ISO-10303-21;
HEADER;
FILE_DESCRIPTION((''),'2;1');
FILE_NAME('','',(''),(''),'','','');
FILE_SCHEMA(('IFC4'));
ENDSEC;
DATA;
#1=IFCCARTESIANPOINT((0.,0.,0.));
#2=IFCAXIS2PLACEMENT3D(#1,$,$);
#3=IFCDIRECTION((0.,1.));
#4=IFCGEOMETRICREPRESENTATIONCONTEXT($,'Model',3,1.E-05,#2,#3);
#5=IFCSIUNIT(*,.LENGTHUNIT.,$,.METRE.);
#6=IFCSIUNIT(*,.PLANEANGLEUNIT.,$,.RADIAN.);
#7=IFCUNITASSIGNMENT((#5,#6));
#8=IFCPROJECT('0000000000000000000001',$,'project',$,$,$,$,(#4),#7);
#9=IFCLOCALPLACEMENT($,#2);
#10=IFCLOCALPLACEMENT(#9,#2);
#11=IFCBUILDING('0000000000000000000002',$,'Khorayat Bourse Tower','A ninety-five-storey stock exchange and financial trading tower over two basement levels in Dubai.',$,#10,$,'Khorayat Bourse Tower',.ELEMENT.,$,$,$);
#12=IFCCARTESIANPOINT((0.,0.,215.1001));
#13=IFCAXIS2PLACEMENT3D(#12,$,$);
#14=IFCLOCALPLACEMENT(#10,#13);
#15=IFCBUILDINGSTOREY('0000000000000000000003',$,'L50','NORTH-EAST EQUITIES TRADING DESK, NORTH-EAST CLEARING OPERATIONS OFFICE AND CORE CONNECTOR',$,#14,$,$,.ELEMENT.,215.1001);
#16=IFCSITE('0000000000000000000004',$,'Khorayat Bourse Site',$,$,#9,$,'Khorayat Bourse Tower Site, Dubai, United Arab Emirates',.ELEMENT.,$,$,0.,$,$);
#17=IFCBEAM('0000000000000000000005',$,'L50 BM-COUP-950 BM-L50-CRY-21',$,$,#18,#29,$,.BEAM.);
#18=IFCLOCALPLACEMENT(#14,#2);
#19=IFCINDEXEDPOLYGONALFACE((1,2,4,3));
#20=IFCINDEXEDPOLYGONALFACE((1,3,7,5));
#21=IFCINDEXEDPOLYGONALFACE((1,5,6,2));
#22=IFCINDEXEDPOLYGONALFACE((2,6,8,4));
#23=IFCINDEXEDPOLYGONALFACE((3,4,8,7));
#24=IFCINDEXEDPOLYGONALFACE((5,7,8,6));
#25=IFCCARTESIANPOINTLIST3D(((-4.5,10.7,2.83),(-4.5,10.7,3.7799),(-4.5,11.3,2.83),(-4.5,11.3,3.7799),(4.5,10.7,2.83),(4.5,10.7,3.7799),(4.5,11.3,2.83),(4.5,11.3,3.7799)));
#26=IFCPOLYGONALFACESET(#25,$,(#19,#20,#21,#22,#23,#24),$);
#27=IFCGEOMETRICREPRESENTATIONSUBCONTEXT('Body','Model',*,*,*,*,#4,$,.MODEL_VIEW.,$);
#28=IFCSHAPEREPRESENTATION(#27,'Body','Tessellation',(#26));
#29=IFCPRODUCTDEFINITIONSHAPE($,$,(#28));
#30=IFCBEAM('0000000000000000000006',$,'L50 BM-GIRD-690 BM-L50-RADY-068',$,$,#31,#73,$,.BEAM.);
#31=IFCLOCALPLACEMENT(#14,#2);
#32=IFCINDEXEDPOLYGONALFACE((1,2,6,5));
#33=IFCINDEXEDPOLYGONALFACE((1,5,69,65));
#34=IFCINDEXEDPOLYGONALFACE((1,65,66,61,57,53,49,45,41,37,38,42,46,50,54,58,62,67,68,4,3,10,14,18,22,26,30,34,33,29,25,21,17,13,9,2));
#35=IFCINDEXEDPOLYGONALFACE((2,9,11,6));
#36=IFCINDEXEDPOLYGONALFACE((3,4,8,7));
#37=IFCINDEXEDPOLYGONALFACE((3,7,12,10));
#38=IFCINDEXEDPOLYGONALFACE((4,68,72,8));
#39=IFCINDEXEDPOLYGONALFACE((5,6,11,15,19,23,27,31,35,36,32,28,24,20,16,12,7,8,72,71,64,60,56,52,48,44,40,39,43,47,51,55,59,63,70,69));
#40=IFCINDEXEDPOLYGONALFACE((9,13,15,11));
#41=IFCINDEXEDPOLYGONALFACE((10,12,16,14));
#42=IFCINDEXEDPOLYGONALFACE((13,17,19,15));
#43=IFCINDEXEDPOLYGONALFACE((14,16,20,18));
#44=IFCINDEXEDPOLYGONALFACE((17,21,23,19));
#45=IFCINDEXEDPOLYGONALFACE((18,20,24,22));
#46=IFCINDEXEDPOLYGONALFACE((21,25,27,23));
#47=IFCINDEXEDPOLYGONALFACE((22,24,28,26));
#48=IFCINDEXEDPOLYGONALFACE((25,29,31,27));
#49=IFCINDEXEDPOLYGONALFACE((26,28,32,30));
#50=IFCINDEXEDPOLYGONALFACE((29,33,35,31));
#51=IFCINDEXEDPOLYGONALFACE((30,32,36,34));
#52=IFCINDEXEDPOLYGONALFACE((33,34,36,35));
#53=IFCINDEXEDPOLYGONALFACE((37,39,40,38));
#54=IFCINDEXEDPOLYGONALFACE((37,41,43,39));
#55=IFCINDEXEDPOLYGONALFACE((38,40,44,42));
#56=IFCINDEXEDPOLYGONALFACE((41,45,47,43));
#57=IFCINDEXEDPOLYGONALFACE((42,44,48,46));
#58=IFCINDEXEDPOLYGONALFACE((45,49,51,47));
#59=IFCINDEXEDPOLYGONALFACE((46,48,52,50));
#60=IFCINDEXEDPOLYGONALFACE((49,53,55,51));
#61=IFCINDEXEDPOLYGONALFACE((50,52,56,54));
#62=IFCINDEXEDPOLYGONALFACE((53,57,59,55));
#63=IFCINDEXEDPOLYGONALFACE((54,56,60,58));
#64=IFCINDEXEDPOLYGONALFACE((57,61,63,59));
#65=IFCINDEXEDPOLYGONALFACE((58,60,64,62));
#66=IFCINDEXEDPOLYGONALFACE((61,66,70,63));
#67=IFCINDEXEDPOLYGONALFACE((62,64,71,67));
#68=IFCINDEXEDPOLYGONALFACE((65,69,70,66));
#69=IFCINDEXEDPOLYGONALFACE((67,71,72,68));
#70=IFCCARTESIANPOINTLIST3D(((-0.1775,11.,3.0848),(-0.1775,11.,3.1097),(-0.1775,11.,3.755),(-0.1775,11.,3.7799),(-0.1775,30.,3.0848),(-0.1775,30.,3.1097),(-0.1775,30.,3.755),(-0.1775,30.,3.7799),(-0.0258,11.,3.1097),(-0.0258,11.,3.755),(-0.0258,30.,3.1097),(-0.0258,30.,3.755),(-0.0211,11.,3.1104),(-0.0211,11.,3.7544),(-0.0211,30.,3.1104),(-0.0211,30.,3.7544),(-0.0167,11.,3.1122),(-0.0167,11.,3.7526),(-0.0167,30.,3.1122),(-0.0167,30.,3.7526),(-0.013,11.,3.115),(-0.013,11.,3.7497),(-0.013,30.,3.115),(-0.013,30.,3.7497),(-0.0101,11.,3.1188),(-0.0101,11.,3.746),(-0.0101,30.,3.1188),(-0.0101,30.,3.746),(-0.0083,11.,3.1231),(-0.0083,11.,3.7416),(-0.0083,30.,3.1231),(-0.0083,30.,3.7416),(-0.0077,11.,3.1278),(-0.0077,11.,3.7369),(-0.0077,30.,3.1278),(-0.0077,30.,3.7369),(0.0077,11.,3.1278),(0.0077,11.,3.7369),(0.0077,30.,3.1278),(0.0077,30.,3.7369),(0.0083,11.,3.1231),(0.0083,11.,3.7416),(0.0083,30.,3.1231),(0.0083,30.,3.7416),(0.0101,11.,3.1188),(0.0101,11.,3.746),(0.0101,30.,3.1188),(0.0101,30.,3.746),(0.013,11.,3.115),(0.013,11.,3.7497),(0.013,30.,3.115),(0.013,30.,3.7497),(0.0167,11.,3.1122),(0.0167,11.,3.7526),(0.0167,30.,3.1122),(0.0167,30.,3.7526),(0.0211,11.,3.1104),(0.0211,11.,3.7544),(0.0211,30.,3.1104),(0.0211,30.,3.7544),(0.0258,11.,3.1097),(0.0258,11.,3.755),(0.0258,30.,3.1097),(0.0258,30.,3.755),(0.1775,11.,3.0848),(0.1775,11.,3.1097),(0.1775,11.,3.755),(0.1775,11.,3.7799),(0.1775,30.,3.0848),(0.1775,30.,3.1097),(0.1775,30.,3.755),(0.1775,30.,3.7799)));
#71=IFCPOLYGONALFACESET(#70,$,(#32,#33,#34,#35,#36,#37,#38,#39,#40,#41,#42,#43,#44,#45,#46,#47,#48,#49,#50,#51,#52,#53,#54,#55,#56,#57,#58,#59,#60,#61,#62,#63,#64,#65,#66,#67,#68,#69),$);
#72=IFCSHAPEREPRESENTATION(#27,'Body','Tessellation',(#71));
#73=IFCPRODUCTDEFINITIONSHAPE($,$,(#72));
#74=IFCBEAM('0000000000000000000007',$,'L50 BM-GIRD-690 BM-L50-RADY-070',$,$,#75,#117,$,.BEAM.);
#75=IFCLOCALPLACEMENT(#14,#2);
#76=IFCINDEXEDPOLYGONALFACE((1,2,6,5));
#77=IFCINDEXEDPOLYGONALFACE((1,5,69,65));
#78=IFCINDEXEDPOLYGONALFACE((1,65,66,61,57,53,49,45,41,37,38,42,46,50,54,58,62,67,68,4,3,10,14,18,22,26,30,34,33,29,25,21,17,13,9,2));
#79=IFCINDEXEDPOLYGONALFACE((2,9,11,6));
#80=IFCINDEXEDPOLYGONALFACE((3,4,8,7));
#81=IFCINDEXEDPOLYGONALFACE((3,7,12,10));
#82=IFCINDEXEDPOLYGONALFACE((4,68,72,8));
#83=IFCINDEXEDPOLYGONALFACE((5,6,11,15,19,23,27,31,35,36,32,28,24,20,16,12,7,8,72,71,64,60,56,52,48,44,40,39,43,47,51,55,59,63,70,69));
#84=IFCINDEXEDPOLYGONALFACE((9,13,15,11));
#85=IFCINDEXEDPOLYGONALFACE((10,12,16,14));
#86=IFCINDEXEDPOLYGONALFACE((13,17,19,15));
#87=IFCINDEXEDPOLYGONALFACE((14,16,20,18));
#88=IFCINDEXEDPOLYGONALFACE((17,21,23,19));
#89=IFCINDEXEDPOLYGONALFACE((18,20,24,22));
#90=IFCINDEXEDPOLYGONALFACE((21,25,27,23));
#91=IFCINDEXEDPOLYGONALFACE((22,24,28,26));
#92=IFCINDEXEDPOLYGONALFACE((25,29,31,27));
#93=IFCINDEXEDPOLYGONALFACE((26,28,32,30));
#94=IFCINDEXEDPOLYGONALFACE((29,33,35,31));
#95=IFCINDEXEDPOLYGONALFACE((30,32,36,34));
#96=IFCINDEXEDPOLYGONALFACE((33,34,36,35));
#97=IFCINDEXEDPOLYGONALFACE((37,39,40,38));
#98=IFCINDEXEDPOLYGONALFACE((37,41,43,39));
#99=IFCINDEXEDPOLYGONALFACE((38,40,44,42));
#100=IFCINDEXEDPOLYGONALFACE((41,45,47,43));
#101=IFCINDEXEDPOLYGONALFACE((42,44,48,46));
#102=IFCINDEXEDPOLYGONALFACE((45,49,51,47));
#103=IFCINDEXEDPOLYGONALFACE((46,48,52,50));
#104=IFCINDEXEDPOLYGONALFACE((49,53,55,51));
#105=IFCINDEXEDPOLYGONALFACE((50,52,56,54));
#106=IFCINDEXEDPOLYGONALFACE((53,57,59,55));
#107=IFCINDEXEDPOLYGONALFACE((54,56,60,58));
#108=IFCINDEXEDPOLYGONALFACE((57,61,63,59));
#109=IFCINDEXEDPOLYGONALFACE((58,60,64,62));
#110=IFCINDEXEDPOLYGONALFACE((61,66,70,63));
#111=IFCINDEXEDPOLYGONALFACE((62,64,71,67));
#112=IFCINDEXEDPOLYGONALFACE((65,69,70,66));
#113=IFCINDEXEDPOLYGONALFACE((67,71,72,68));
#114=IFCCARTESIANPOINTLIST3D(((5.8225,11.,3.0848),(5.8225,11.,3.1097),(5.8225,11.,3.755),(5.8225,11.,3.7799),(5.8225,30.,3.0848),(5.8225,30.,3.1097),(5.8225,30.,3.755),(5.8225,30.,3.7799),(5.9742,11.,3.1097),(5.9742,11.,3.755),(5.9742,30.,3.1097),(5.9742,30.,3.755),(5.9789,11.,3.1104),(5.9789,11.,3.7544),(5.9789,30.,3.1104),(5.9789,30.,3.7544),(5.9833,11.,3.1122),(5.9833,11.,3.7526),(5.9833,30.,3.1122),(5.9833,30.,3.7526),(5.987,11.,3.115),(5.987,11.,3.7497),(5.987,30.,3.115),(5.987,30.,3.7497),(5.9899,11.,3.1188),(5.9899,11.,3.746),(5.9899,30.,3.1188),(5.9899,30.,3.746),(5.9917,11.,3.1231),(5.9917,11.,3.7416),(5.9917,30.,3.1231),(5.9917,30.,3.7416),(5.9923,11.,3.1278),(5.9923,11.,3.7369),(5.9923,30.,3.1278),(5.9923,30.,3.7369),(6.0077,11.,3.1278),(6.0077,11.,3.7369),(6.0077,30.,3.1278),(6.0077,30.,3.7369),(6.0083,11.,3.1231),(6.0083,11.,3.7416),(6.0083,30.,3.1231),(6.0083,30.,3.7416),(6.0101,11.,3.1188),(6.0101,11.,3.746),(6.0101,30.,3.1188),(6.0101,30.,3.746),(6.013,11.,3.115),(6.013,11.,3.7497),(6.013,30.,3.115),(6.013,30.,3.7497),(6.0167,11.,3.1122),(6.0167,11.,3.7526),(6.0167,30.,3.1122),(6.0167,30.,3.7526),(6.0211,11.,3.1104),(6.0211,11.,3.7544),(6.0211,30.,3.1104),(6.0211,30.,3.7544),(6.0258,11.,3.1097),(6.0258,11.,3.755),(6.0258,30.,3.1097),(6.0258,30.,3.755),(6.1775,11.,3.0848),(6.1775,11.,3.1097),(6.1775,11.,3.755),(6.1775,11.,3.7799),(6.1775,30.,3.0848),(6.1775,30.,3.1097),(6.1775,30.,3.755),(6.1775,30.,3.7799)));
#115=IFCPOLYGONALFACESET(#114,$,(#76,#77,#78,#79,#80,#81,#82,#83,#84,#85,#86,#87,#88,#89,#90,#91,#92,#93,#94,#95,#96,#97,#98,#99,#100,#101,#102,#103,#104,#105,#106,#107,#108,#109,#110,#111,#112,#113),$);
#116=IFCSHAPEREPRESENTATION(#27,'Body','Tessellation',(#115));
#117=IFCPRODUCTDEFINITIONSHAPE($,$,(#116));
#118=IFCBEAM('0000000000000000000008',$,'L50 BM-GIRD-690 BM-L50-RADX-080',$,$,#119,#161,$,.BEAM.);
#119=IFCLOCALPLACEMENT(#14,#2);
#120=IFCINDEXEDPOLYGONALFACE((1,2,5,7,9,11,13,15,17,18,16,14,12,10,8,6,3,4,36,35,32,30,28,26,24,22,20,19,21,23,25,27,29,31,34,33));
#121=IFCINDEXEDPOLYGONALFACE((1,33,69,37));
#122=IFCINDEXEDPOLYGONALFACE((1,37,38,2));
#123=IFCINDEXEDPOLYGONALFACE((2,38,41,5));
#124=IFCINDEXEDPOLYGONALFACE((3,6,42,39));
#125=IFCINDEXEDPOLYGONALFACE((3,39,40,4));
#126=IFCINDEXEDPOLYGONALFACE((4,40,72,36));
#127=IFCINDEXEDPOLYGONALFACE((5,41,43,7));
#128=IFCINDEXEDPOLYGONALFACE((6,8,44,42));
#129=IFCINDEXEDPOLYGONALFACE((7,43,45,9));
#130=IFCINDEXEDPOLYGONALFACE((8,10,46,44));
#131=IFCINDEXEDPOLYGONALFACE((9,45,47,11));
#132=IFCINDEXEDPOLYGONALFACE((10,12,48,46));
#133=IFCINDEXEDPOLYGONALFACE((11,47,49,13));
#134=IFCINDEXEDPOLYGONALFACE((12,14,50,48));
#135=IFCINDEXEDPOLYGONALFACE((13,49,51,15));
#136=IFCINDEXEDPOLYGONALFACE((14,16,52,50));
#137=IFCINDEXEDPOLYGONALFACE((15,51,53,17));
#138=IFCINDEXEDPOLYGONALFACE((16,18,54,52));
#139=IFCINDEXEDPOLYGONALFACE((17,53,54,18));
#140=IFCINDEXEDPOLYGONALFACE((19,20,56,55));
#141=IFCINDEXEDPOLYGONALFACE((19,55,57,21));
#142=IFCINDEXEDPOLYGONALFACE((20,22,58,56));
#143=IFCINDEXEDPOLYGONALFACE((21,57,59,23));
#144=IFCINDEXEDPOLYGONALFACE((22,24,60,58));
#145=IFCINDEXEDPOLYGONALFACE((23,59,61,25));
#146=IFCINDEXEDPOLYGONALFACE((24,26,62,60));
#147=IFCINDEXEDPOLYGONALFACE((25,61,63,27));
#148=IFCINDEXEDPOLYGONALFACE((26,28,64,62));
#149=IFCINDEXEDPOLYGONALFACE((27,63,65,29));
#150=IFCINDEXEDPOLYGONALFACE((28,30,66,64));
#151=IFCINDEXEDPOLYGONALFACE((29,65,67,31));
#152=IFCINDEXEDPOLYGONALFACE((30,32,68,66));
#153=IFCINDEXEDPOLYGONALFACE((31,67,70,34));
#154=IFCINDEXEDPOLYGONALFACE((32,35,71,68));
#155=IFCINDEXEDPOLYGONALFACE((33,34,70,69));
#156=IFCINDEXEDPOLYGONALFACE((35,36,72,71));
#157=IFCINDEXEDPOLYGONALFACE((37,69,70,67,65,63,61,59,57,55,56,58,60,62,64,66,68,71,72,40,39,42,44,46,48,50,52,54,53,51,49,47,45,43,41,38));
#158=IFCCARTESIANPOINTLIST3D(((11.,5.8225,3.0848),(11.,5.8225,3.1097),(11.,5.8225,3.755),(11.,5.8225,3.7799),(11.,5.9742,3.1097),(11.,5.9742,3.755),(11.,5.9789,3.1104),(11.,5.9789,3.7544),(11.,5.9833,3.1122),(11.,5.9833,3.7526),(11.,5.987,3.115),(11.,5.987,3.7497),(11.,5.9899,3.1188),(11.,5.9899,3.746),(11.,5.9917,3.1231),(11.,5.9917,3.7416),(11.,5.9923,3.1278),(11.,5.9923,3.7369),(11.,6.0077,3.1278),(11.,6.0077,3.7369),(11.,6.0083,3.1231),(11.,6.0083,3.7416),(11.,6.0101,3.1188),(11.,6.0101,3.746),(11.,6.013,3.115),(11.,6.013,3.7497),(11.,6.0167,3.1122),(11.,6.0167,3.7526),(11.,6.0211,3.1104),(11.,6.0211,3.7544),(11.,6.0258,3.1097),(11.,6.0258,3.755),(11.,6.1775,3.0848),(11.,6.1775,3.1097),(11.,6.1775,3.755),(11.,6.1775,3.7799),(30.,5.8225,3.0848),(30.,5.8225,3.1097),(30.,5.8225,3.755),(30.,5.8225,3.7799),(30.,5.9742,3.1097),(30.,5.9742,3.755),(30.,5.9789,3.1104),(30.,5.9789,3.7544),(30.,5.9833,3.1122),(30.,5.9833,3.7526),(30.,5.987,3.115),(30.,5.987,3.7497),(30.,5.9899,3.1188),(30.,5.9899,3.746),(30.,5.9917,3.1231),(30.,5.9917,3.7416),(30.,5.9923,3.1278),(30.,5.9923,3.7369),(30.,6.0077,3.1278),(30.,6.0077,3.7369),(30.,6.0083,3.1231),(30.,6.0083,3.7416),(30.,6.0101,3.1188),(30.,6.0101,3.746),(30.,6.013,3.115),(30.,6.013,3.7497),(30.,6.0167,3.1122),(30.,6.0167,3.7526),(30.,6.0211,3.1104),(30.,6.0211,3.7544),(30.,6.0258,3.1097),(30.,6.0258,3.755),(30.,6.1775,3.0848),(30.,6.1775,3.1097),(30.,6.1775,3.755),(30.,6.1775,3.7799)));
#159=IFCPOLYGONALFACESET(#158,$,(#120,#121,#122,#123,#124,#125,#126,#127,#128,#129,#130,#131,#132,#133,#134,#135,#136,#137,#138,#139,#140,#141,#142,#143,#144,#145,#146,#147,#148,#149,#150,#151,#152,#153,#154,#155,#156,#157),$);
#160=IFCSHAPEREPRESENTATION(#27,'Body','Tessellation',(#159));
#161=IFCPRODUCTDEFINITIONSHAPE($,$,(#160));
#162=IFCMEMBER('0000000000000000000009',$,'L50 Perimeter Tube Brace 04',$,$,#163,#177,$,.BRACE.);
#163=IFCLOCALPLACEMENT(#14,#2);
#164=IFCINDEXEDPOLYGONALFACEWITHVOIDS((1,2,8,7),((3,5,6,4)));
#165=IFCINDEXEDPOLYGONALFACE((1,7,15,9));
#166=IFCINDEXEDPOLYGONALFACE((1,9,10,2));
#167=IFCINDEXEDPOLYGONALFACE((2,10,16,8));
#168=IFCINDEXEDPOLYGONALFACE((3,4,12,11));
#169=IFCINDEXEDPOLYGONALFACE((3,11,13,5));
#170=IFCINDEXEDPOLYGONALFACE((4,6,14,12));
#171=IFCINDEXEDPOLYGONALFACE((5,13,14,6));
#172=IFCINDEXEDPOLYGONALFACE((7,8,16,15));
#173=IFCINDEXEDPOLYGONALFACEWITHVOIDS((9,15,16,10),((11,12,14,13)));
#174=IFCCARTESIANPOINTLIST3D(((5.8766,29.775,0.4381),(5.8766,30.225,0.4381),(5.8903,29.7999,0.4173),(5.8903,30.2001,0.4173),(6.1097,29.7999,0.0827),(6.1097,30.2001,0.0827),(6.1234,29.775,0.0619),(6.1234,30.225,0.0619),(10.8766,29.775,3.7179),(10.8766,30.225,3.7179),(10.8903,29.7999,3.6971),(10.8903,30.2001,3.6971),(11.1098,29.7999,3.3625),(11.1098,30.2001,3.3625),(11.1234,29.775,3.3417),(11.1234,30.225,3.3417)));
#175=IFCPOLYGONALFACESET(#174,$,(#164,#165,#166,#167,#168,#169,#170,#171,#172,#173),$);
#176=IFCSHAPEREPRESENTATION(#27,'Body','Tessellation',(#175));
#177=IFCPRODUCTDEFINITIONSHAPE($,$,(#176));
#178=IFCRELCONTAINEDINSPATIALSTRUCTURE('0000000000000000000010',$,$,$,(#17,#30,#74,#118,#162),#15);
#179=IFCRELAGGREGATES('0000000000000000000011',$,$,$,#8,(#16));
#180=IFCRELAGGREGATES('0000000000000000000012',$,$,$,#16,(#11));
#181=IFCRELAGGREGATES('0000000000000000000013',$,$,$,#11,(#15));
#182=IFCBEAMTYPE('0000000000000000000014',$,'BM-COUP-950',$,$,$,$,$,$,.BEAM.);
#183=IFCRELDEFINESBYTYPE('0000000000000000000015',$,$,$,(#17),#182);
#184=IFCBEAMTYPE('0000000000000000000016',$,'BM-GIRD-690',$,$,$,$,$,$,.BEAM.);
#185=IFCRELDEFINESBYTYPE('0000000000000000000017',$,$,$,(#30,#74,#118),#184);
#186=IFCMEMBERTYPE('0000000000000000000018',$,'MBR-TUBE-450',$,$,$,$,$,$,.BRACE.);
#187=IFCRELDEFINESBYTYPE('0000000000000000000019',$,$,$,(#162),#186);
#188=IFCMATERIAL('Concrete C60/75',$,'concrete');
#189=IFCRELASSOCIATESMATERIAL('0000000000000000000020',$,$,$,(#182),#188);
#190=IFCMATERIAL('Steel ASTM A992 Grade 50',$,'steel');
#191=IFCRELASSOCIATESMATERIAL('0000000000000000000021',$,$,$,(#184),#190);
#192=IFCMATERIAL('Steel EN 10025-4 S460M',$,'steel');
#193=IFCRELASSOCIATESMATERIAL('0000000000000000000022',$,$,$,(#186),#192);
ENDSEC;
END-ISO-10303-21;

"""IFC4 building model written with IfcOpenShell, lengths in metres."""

from ifc_helpers import new_model, si_unit, direction, frame, origin, origin_2d, place, context, subcontext, project, spatial, rectangle, hollow_rectangle, i_section, extrude, source, transform, mapped, material, material_profile, profile_set, type_object, element, save


model = new_model("IFC4")

# Units and contexts
model_context = context("Model", 3, precision=1e-05, world=origin(), true_north=direction((0.0, 1.0)))
body_context = subcontext(model_context, "Body", "Model", "MODEL_VIEW")
ifc_project = project(units=[si_unit("LENGTHUNIT", "METRE"), si_unit("PLANEANGLEUNIT", "RADIAN")], contexts=[model_context])

# Site, building, storey
site_placement = place(None, origin())
site = spatial("IfcSite", under=ifc_project, at=site_placement, Name="Khorayat Bourse Site", LongName="Khorayat Bourse Tower Site, Dubai, United Arab Emirates", CompositionType="ELEMENT", RefElevation=0.0)
building_placement = place(site_placement, origin())
building = spatial("IfcBuilding", under=site, at=building_placement, Name="Khorayat Bourse Tower", Description="A ninety-five-storey stock exchange and financial trading tower over two basement levels in Dubai.", LongName="Khorayat Bourse Tower", CompositionType="ELEMENT")
storey_placement = place(building_placement, frame((0.0, 0.0, 215.1001)))
storey = spatial("IfcBuildingStorey", under=building, at=storey_placement, Name="L50", Description="NORTH-EAST EQUITIES TRADING DESK, NORTH-EAST CLEARING OPERATIONS OFFICE AND CORE CONNECTOR", CompositionType="ELEMENT", Elevation=215.1001)

# Shared definitions
ifc_material_1 = material(Name="Concrete C60/75", Category="concrete")
ifc_material_2 = material(Name="Steel EN 10025-4 S460M", Category="steel")

# Beams
ifc_material_3 = material(Name="Steel ASTM A992 Grade 50", Category="steel")
ifc_material_profile_1 = material_profile(ifc_material_1, rectangle(XDim=0.6001, YDim=0.95, at=origin_2d()), Name="RC 600x950")
ifc_profile_set_1 = profile_set([ifc_material_profile_1], Name="Concrete C60/75")
beam_type_1 = type_object("IfcBeamType", Name="BM-COUP-950", PredefinedType="BEAM", material=ifc_profile_set_1)
shared_shape_1 = source(origin(), body_context, "Body", "SweptSolid", [
    extrude(rectangle(XDim=0.6001, YDim=0.95, at=origin_2d()), origin(), (0.0, 0.0, 1.0), 9.0),
])
beam_1_placement = place(storey_placement, frame((-4.5, 11.0, 3.3049), z_axis=(1.0, 0.0, 0.0), x_axis=(0.0, 1.0, 0.0)))
element("IfcBeam", 1, at=beam_1_placement, inside=storey, type_object=beam_type_1, Name="L50 BM-COUP-950 BM-L50-CRY-21", PredefinedType="BEAM", context=body_context, shape_type="MappedRepresentation", body=[
    mapped(shared_shape_1, transform((0.0, 0.0, 0.0), scale=1.0)),
])
ifc_material_profile_2 = material_profile(ifc_material_3, i_section(OverallWidth=0.355, OverallDepth=0.6951, WebThickness=0.0154, FlangeThickness=0.0249, FilletRadius=0.0181, at=origin_2d()), Name="W690X217")
ifc_profile_set_2 = profile_set([ifc_material_profile_2], Name="Steel ASTM A992 Grade 50")
beam_type_2 = type_object("IfcBeamType", Name="BM-GIRD-690", PredefinedType="BEAM", material=ifc_profile_set_2)
shared_shape_2 = source(origin(), body_context, "Body", "SweptSolid", [
    extrude(i_section(OverallWidth=0.355, OverallDepth=0.6951, WebThickness=0.0154, FlangeThickness=0.0249, FilletRadius=0.0181, at=origin_2d()), origin(), (0.0, 0.0, 1.0), 19.0),
])
for number, where, z_axis, x_axis, name in (
    (2, (0.0, 11.0, 3.4324), (0.0, 1.0, 0.0), (-1.0, 0.0, 0.0), "L50 BM-GIRD-690 BM-L50-RADY-068"),
    (3, (6.0, 11.0, 3.4324), (0.0, 1.0, 0.0), (-1.0, 0.0, 0.0), "L50 BM-GIRD-690 BM-L50-RADY-070"),
    (4, (11.0, 6.0, 3.4324), (1.0, 0.0, 0.0), (0.0, 1.0, 0.0), "L50 BM-GIRD-690 BM-L50-RADX-080"),
):
    element("IfcBeam", number, at=place(storey_placement, frame(where, z_axis=z_axis, x_axis=x_axis)), inside=storey, type_object=beam_type_2, Name=name, PredefinedType="BEAM", context=body_context, shape_type="MappedRepresentation", body=[
        mapped(shared_shape_2, transform((0.0, 0.0, 0.0), scale=1.0)),
    ])

# Member
ifc_material_profile_3 = material_profile(ifc_material_2, hollow_rectangle(XDim=0.45, YDim=0.45, WallThickness=0.0249, at=origin_2d()), Name="HSS 450x450x25")
ifc_profile_set_3 = profile_set([ifc_material_profile_3], Name="Steel EN 10025-4 S460M")
member_type_1 = type_object("IfcMemberType", Name="MBR-TUBE-450", PredefinedType="BRACE", material=ifc_profile_set_3)
shared_shape_3 = source(origin(), body_context, "Body", "SweptSolid", [
    extrude(hollow_rectangle(XDim=0.45, YDim=0.45, WallThickness=0.0249, at=origin_2d()), origin(), (0.0, 0.0, 1.0), 5.9797),
])
member_1_placement = place(storey_placement, frame((6.0, 30.0, 0.25), z_axis=(0.83616, 0.0, 0.548485), x_axis=(0.0, 1.0, 0.0)))
element("IfcMember", 5, at=member_1_placement, inside=storey, type_object=member_type_1, Name="L50 Perimeter Tube Brace 04", PredefinedType="BRACE", context=body_context, shape_type="MappedRepresentation", body=[
    mapped(shared_shape_3, transform((0.0, 0.0, 0.0), scale=1.0)),
])

save(model, "model.ifc")
